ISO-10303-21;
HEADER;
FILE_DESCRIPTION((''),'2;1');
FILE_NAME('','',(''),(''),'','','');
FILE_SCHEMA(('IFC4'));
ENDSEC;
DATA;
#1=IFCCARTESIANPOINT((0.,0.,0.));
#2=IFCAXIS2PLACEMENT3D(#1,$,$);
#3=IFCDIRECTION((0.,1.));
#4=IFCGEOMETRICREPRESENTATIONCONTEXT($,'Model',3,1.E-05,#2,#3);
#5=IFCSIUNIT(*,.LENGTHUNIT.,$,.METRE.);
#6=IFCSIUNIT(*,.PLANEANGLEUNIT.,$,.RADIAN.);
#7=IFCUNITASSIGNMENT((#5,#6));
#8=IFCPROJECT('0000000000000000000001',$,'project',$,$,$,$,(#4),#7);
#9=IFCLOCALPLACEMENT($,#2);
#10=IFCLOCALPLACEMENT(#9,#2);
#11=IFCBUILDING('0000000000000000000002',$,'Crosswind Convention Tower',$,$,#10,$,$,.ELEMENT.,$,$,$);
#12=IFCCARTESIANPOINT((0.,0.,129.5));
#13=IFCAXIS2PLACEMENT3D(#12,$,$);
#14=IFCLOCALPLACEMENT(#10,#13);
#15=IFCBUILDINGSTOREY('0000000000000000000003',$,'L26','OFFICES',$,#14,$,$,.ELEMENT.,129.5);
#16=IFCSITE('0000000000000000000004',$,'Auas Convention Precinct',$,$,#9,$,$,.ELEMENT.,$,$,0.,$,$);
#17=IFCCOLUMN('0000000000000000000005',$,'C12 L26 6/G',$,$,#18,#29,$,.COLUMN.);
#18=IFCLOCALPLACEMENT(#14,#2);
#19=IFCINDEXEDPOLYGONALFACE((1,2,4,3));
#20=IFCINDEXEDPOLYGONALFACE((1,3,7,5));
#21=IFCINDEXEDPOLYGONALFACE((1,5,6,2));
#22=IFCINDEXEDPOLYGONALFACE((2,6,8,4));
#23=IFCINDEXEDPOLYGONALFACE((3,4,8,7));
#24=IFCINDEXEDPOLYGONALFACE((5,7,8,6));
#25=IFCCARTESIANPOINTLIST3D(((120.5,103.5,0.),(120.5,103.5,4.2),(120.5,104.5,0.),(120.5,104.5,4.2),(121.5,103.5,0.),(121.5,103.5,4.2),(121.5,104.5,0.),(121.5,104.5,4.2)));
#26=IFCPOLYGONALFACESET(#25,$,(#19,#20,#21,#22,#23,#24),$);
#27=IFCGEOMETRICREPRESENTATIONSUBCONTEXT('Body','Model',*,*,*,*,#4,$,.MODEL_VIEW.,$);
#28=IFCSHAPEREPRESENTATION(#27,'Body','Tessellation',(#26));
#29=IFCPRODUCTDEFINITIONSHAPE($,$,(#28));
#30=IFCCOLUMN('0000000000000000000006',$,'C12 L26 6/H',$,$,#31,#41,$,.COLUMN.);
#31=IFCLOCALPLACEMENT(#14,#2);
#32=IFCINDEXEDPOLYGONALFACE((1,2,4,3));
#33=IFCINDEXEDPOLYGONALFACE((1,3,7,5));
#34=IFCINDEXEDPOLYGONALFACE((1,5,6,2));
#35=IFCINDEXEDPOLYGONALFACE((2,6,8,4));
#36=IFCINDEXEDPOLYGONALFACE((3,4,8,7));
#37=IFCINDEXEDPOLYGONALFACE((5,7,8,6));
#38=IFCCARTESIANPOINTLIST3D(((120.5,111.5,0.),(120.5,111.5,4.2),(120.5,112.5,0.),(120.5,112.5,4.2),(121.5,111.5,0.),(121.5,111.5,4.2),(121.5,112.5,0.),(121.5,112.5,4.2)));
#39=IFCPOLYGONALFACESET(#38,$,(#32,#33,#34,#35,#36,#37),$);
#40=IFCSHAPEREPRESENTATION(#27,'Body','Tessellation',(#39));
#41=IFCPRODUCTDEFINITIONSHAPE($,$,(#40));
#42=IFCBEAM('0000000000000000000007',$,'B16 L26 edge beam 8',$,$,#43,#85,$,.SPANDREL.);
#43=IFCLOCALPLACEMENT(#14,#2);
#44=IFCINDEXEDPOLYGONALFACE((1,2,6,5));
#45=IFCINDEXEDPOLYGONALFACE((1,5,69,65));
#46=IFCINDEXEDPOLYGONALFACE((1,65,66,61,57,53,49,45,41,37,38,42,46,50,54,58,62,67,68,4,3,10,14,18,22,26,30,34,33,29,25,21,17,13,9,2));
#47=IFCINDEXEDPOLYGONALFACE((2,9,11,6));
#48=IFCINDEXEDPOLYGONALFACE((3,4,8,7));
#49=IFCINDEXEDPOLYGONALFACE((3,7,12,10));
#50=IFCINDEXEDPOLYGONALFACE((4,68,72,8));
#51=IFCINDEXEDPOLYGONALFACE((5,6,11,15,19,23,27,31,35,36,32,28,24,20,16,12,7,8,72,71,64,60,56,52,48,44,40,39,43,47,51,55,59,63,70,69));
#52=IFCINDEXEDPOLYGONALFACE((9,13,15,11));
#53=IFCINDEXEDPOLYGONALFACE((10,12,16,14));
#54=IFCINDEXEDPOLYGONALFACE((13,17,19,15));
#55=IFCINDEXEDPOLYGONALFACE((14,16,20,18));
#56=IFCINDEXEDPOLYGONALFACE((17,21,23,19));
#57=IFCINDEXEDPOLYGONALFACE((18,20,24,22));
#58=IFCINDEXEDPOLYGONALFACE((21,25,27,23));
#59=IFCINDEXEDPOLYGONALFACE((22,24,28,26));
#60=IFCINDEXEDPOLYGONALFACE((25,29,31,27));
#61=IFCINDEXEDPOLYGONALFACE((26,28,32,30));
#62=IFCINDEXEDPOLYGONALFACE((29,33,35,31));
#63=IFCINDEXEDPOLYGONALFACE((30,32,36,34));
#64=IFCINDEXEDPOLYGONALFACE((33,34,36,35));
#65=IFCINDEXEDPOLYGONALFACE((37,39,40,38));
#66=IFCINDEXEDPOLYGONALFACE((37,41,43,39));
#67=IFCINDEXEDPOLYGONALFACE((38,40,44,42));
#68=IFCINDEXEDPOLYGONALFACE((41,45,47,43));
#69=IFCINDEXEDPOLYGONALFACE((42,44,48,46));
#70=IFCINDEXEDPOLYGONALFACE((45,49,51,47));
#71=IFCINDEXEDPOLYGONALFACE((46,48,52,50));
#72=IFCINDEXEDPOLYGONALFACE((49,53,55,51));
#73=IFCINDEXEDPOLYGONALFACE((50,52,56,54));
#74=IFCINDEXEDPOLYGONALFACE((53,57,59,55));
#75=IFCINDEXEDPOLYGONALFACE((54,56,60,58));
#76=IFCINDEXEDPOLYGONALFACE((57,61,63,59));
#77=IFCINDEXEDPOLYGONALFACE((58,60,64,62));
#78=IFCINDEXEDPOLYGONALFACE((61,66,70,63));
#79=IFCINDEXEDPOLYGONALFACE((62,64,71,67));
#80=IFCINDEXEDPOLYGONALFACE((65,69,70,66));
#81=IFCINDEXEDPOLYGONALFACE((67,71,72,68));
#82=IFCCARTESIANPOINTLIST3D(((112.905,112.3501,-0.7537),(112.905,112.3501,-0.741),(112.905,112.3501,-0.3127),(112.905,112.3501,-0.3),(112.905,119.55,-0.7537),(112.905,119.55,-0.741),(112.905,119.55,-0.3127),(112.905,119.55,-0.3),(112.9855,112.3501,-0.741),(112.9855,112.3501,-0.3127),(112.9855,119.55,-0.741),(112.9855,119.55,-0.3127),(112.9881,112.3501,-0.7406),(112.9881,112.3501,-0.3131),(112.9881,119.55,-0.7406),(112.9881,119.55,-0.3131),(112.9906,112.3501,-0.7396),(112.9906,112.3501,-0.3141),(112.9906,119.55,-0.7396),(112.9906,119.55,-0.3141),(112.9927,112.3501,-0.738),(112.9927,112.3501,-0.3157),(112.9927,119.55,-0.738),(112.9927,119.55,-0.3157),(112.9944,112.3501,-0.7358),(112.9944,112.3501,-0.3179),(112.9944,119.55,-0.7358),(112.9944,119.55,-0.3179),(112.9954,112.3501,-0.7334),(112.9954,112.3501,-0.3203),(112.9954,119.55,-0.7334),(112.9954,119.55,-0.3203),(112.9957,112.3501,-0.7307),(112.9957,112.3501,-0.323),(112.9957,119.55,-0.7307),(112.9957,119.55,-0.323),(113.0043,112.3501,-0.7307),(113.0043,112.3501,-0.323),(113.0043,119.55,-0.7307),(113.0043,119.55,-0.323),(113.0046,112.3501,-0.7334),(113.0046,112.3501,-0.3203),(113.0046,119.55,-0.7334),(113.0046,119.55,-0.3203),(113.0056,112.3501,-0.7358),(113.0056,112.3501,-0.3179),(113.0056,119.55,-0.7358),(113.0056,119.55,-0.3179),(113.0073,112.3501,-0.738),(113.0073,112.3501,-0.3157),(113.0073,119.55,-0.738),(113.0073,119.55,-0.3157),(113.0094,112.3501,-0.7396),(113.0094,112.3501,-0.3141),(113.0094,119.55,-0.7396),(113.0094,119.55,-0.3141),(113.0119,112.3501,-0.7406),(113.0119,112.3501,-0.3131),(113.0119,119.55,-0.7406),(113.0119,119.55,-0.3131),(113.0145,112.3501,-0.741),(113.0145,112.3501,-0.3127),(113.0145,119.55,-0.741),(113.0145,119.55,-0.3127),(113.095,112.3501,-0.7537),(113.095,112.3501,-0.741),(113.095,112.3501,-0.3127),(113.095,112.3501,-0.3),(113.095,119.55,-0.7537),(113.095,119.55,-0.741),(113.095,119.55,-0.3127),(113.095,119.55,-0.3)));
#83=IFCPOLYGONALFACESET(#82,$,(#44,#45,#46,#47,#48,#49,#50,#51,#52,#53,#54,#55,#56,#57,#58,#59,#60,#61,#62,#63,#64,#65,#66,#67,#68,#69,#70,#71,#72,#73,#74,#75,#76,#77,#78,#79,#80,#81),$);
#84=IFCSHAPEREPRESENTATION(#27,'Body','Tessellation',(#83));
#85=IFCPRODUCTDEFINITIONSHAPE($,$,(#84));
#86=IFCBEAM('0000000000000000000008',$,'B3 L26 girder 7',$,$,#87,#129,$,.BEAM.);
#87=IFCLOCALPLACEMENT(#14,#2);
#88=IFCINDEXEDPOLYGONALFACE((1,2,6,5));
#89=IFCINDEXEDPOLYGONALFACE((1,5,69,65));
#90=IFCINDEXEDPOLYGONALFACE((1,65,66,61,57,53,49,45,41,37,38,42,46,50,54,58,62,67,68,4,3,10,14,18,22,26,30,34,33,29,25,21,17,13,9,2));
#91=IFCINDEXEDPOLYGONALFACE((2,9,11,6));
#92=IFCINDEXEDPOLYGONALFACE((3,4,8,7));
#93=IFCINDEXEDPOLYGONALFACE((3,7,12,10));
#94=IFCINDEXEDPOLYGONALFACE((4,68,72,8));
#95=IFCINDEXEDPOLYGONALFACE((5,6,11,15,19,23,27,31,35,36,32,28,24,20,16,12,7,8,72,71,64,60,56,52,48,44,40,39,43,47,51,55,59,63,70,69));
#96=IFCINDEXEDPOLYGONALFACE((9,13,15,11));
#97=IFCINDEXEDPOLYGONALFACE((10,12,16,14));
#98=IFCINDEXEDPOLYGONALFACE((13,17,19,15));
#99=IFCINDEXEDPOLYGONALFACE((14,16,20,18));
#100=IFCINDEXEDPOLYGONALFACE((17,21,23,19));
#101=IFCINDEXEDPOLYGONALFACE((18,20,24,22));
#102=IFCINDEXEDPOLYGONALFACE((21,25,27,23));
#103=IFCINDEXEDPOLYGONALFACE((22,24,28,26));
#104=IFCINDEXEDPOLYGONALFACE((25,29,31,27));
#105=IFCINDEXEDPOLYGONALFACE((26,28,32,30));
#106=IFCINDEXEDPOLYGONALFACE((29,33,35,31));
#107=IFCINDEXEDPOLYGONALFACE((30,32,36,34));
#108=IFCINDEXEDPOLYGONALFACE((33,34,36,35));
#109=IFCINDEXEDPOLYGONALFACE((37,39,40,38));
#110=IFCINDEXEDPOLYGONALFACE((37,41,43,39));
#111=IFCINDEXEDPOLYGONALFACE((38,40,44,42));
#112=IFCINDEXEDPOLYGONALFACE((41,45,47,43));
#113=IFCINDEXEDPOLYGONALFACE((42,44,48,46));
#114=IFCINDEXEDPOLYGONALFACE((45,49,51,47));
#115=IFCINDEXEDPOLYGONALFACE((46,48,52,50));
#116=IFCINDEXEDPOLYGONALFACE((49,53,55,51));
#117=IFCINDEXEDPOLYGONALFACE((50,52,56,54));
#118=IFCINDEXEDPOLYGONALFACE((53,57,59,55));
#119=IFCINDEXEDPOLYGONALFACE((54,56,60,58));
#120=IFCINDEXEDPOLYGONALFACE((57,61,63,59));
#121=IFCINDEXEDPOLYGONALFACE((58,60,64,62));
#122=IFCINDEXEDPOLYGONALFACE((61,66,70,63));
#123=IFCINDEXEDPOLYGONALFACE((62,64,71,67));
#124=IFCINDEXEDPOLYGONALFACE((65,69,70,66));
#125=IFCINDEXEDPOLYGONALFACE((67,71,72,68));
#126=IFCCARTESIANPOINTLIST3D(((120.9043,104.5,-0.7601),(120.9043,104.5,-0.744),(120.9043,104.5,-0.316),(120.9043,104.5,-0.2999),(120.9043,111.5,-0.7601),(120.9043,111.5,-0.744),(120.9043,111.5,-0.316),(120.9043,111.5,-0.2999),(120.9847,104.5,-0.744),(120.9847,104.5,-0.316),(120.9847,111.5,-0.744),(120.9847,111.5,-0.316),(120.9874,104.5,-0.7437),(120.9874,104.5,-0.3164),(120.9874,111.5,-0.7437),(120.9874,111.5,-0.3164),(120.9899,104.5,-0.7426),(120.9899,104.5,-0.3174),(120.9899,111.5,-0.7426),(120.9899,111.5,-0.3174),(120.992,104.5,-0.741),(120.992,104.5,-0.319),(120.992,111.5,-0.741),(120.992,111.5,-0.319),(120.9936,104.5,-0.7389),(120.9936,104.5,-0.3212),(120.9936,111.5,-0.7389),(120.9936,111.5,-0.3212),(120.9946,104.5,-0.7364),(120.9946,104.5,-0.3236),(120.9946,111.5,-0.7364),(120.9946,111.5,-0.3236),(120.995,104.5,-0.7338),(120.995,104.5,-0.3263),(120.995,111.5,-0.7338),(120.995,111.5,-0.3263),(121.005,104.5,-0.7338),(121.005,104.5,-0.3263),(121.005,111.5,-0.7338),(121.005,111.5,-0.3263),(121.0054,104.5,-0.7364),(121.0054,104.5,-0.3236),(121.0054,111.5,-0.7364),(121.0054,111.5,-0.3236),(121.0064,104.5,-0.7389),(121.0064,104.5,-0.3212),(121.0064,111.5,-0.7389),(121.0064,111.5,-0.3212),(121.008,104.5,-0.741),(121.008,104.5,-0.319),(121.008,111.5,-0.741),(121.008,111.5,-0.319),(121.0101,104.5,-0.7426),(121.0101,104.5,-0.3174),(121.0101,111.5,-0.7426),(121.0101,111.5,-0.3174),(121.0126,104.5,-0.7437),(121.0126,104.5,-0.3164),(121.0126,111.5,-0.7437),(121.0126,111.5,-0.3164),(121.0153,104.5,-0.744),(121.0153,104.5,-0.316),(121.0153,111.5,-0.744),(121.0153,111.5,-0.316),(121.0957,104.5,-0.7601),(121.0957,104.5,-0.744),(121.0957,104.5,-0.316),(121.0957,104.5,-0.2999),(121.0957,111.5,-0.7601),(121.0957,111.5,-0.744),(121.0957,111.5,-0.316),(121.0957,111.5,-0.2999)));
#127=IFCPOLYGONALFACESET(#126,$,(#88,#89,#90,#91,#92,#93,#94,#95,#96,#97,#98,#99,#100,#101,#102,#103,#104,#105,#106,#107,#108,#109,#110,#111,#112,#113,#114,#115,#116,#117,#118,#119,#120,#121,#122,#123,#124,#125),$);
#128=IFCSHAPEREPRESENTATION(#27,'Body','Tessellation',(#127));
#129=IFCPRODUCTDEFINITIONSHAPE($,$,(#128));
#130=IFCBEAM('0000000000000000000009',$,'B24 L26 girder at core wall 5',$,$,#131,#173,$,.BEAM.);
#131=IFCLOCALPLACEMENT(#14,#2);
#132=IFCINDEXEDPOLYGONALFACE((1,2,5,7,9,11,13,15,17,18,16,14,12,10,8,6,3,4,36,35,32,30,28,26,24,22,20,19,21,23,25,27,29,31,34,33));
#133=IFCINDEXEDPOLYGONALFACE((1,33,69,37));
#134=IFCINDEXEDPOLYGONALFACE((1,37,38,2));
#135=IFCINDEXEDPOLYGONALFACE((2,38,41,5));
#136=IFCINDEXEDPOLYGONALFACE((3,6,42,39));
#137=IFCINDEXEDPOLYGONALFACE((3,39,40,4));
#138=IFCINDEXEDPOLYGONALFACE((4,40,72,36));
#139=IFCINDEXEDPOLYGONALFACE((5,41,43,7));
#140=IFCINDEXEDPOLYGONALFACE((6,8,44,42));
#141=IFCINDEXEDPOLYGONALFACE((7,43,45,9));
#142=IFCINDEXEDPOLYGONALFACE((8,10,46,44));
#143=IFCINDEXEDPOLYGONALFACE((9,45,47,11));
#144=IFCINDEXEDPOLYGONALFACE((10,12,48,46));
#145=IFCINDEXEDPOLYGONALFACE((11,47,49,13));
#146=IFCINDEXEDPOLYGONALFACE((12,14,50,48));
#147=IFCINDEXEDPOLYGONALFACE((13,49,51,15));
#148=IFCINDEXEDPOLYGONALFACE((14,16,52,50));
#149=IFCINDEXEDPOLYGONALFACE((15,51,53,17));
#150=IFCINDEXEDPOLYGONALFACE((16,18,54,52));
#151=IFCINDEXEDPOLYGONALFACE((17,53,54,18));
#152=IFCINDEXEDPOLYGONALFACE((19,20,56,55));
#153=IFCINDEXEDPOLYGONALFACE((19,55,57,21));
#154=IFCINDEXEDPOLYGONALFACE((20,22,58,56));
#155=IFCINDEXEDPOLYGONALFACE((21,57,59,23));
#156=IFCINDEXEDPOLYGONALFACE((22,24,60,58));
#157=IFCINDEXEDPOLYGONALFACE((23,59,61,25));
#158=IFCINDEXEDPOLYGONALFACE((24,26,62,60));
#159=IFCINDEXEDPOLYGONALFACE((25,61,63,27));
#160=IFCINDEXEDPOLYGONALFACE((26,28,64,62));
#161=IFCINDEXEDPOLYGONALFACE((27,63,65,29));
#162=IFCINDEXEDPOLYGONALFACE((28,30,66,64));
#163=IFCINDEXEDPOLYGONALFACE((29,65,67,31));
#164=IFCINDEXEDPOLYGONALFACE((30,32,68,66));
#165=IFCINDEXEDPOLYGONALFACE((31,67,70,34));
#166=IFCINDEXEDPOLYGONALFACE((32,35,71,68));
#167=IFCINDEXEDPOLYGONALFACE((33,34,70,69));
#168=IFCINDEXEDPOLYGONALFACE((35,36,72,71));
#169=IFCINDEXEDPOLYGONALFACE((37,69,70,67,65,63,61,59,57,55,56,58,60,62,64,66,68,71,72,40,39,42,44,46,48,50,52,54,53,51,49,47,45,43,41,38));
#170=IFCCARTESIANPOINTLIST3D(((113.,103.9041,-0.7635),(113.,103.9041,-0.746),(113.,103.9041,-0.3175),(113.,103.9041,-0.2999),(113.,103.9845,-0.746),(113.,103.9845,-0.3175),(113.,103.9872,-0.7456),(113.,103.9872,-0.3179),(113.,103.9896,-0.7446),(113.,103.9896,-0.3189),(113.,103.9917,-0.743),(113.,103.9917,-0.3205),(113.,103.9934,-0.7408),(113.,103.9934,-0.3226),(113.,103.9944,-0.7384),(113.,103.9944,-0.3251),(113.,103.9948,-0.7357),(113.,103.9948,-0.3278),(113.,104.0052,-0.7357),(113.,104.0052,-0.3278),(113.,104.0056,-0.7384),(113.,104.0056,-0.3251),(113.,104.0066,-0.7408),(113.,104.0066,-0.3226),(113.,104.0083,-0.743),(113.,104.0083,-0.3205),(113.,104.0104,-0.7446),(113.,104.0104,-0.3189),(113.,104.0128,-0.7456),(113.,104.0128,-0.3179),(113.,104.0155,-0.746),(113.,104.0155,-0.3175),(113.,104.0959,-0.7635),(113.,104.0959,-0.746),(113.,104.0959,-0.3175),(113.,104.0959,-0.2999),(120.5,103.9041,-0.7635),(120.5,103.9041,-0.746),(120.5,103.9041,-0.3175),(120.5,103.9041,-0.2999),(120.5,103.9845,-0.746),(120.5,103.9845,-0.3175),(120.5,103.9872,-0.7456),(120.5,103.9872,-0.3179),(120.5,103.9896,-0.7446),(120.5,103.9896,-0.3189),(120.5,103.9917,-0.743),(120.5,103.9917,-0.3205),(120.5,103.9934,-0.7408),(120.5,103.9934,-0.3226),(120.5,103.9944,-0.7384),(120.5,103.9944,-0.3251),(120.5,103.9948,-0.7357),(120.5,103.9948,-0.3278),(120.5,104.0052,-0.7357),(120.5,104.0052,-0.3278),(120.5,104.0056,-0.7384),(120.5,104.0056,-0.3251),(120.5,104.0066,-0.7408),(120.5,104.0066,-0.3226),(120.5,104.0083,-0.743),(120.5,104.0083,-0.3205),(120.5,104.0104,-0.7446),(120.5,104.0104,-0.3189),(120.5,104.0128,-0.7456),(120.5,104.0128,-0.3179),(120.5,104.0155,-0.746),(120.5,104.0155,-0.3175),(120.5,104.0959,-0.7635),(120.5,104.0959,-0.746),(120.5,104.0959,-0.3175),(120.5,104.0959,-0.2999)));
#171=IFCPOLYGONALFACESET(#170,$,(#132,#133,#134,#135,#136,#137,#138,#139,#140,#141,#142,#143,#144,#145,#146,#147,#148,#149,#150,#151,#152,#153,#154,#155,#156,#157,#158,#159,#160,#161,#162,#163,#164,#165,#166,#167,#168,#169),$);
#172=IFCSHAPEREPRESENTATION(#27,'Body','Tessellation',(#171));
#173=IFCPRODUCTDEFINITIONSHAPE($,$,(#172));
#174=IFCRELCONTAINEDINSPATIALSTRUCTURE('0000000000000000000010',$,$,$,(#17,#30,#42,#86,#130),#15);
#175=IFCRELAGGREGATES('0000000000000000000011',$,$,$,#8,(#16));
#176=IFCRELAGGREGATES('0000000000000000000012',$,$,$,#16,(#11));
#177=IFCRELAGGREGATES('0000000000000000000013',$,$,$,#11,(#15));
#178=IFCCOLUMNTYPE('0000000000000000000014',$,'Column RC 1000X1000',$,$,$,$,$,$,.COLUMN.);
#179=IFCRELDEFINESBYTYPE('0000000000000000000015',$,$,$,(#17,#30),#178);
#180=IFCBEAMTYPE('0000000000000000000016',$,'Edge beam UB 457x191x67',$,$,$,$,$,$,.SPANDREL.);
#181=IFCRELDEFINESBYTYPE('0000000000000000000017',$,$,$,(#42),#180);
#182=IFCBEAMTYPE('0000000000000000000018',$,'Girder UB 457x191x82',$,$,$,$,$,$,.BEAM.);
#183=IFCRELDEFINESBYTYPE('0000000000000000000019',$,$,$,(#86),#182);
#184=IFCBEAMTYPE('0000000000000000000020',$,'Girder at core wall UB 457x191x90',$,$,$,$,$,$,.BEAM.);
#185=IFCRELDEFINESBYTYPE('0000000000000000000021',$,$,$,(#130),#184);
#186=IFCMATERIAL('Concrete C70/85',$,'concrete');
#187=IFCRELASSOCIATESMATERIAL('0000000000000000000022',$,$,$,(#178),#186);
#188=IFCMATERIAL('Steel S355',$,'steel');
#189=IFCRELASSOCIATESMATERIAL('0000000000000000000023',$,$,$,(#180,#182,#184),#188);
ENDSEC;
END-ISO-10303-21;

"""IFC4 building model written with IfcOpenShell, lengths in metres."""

from ifc_helpers import new_model, si_unit, direction, frame, origin, origin_2d, place, context, subcontext, project, spatial, rectangle, i_section, extrude, material, material_profile, profile_set, type_object, element, save


model = new_model("IFC4")

# Units and contexts
model_context = context("Model", 3, precision=1e-05, world=origin(), true_north=direction((0.0, 1.0)))
body_context = subcontext(model_context, "Body", "Model", "MODEL_VIEW")
ifc_project = project(units=[si_unit("LENGTHUNIT", "METRE"), si_unit("PLANEANGLEUNIT", "RADIAN")], contexts=[model_context])

# Site, building, storey
site_placement = place(None, origin())
site = spatial("IfcSite", under=ifc_project, at=site_placement, Name="Auas Convention Precinct", CompositionType="ELEMENT", RefElevation=0.0)
building_placement = place(site_placement, origin())
building = spatial("IfcBuilding", under=site, at=building_placement, Name="Crosswind Convention Tower", CompositionType="ELEMENT")
storey_placement = place(building_placement, frame((0.0, 0.0, 129.5)))
storey = spatial("IfcBuildingStorey", under=building, at=storey_placement, Name="L26", Description="OFFICES", CompositionType="ELEMENT", Elevation=129.5)

# Columns
ifc_material_1 = material(Name="Concrete C70/85", Category="concrete")
ifc_material_profile_1 = material_profile(ifc_material_1, rectangle(XDim=1.0, YDim=1.0, at=origin_2d()), Name="RC 1000X1000")
ifc_profile_set_1 = profile_set([ifc_material_profile_1], Name="Concrete C70/85")
column_type = type_object("IfcColumnType", Name="Column RC 1000X1000", PredefinedType="COLUMN", material=ifc_profile_set_1)
for number, where, z_axis, x_axis, name in (
    (1, (121.0, 104.0, 0.0), (0.0, 0.0, 1.0), (1.0, 0.0, 0.0), "C12 L26 6/G"),
    (2, (121.0, 112.0, 0.0), (0.0, 0.0, 1.0), (1.0, 0.0, 0.0), "C12 L26 6/H"),
):
    element("IfcColumn", number, at=place(storey_placement, frame(where, z_axis=z_axis, x_axis=x_axis)), inside=storey, type_object=column_type, Name=name, PredefinedType="COLUMN", context=body_context, shape_type="SweptSolid", body=[
        extrude(rectangle(XDim=1.0, YDim=1.0, at=origin_2d()), origin(), (0.0, 0.0, 1.0), 4.2),
    ])

# Beams
ifc_material_2 = material(Name="Steel S355", Category="steel")
ifc_material_profile_2 = material_profile(ifc_material_2, i_section(OverallWidth=0.1899, OverallDepth=0.4536, WebThickness=0.0085, FlangeThickness=0.0127, FilletRadius=0.0103, at=origin_2d()), Name="UB 457x191x67")
ifc_profile_set_2 = profile_set([ifc_material_profile_2], Name="Steel S355")
beam_type_1 = type_object("IfcBeamType", Name="Edge beam UB 457x191x67", PredefinedType="SPANDREL", material=ifc_profile_set_2)
beam_1_placement = place(storey_placement, frame((113.0, 112.3501, -0.5269), z_axis=(0.0, 1.0, 0.0), x_axis=(-1.0, 0.0, 0.0)))
element("IfcBeam", 3, at=beam_1_placement, inside=storey, type_object=beam_type_1, Name="B16 L26 edge beam 8", PredefinedType="SPANDREL", context=body_context, shape_type="SweptSolid", body=[
    extrude(i_section(OverallWidth=0.1899, OverallDepth=0.4536, WebThickness=0.0085, FlangeThickness=0.0127, FilletRadius=0.0103, at=origin_2d()), origin(), (0.0, 0.0, 1.0), 7.2),
])
ifc_material_profile_3 = material_profile(ifc_material_2, i_section(OverallWidth=0.1914, OverallDepth=0.4602, WebThickness=0.01, FlangeThickness=0.0161, FilletRadius=0.0103, at=origin_2d()), Name="UB 457x191x82")
ifc_profile_set_3 = profile_set([ifc_material_profile_3], Name="Steel S355")
beam_type_2 = type_object("IfcBeamType", Name="Girder UB 457x191x82", PredefinedType="BEAM", material=ifc_profile_set_3)
beam_2_placement = place(storey_placement, frame((121.0, 104.5, -0.53), z_axis=(0.0, 1.0, 0.0), x_axis=(-1.0, 0.0, 0.0)))
element("IfcBeam", 4, at=beam_2_placement, inside=storey, type_object=beam_type_2, Name="B3 L26 girder 7", PredefinedType="BEAM", context=body_context, shape_type="SweptSolid", body=[
    extrude(i_section(OverallWidth=0.1914, OverallDepth=0.4602, WebThickness=0.01, FlangeThickness=0.0161, FilletRadius=0.0103, at=origin_2d()), origin(), (0.0, 0.0, 1.0), 7.0),
])
ifc_material_profile_4 = material_profile(ifc_material_2, i_section(OverallWidth=0.1919, OverallDepth=0.4636, WebThickness=0.0105, FlangeThickness=0.0176, FilletRadius=0.0103, at=origin_2d()), Name="UB 457x191x90")
ifc_profile_set_4 = profile_set([ifc_material_profile_4], Name="Steel S355")
beam_type_3 = type_object("IfcBeamType", Name="Girder at core wall UB 457x191x90", PredefinedType="BEAM", material=ifc_profile_set_4)
for number, where, z_axis, x_axis, name in (
    (5, (113.0, 104.0, -0.5317), (1.0, 0.0, 0.0), (0.0, 1.0, 0.0), "B24 L26 girder at core wall 5"),
):
    element("IfcBeam", number, at=place(storey_placement, frame(where, z_axis=z_axis, x_axis=x_axis)), inside=storey, type_object=beam_type_3, Name=name, PredefinedType="BEAM", context=body_context, shape_type="SweptSolid", body=[
        extrude(i_section(OverallWidth=0.1919, OverallDepth=0.4636, WebThickness=0.0105, FlangeThickness=0.0176, FilletRadius=0.0103, at=origin_2d()), origin(), (0.0, 0.0, 1.0), 7.5),
    ])

save(model, "model.ifc")
